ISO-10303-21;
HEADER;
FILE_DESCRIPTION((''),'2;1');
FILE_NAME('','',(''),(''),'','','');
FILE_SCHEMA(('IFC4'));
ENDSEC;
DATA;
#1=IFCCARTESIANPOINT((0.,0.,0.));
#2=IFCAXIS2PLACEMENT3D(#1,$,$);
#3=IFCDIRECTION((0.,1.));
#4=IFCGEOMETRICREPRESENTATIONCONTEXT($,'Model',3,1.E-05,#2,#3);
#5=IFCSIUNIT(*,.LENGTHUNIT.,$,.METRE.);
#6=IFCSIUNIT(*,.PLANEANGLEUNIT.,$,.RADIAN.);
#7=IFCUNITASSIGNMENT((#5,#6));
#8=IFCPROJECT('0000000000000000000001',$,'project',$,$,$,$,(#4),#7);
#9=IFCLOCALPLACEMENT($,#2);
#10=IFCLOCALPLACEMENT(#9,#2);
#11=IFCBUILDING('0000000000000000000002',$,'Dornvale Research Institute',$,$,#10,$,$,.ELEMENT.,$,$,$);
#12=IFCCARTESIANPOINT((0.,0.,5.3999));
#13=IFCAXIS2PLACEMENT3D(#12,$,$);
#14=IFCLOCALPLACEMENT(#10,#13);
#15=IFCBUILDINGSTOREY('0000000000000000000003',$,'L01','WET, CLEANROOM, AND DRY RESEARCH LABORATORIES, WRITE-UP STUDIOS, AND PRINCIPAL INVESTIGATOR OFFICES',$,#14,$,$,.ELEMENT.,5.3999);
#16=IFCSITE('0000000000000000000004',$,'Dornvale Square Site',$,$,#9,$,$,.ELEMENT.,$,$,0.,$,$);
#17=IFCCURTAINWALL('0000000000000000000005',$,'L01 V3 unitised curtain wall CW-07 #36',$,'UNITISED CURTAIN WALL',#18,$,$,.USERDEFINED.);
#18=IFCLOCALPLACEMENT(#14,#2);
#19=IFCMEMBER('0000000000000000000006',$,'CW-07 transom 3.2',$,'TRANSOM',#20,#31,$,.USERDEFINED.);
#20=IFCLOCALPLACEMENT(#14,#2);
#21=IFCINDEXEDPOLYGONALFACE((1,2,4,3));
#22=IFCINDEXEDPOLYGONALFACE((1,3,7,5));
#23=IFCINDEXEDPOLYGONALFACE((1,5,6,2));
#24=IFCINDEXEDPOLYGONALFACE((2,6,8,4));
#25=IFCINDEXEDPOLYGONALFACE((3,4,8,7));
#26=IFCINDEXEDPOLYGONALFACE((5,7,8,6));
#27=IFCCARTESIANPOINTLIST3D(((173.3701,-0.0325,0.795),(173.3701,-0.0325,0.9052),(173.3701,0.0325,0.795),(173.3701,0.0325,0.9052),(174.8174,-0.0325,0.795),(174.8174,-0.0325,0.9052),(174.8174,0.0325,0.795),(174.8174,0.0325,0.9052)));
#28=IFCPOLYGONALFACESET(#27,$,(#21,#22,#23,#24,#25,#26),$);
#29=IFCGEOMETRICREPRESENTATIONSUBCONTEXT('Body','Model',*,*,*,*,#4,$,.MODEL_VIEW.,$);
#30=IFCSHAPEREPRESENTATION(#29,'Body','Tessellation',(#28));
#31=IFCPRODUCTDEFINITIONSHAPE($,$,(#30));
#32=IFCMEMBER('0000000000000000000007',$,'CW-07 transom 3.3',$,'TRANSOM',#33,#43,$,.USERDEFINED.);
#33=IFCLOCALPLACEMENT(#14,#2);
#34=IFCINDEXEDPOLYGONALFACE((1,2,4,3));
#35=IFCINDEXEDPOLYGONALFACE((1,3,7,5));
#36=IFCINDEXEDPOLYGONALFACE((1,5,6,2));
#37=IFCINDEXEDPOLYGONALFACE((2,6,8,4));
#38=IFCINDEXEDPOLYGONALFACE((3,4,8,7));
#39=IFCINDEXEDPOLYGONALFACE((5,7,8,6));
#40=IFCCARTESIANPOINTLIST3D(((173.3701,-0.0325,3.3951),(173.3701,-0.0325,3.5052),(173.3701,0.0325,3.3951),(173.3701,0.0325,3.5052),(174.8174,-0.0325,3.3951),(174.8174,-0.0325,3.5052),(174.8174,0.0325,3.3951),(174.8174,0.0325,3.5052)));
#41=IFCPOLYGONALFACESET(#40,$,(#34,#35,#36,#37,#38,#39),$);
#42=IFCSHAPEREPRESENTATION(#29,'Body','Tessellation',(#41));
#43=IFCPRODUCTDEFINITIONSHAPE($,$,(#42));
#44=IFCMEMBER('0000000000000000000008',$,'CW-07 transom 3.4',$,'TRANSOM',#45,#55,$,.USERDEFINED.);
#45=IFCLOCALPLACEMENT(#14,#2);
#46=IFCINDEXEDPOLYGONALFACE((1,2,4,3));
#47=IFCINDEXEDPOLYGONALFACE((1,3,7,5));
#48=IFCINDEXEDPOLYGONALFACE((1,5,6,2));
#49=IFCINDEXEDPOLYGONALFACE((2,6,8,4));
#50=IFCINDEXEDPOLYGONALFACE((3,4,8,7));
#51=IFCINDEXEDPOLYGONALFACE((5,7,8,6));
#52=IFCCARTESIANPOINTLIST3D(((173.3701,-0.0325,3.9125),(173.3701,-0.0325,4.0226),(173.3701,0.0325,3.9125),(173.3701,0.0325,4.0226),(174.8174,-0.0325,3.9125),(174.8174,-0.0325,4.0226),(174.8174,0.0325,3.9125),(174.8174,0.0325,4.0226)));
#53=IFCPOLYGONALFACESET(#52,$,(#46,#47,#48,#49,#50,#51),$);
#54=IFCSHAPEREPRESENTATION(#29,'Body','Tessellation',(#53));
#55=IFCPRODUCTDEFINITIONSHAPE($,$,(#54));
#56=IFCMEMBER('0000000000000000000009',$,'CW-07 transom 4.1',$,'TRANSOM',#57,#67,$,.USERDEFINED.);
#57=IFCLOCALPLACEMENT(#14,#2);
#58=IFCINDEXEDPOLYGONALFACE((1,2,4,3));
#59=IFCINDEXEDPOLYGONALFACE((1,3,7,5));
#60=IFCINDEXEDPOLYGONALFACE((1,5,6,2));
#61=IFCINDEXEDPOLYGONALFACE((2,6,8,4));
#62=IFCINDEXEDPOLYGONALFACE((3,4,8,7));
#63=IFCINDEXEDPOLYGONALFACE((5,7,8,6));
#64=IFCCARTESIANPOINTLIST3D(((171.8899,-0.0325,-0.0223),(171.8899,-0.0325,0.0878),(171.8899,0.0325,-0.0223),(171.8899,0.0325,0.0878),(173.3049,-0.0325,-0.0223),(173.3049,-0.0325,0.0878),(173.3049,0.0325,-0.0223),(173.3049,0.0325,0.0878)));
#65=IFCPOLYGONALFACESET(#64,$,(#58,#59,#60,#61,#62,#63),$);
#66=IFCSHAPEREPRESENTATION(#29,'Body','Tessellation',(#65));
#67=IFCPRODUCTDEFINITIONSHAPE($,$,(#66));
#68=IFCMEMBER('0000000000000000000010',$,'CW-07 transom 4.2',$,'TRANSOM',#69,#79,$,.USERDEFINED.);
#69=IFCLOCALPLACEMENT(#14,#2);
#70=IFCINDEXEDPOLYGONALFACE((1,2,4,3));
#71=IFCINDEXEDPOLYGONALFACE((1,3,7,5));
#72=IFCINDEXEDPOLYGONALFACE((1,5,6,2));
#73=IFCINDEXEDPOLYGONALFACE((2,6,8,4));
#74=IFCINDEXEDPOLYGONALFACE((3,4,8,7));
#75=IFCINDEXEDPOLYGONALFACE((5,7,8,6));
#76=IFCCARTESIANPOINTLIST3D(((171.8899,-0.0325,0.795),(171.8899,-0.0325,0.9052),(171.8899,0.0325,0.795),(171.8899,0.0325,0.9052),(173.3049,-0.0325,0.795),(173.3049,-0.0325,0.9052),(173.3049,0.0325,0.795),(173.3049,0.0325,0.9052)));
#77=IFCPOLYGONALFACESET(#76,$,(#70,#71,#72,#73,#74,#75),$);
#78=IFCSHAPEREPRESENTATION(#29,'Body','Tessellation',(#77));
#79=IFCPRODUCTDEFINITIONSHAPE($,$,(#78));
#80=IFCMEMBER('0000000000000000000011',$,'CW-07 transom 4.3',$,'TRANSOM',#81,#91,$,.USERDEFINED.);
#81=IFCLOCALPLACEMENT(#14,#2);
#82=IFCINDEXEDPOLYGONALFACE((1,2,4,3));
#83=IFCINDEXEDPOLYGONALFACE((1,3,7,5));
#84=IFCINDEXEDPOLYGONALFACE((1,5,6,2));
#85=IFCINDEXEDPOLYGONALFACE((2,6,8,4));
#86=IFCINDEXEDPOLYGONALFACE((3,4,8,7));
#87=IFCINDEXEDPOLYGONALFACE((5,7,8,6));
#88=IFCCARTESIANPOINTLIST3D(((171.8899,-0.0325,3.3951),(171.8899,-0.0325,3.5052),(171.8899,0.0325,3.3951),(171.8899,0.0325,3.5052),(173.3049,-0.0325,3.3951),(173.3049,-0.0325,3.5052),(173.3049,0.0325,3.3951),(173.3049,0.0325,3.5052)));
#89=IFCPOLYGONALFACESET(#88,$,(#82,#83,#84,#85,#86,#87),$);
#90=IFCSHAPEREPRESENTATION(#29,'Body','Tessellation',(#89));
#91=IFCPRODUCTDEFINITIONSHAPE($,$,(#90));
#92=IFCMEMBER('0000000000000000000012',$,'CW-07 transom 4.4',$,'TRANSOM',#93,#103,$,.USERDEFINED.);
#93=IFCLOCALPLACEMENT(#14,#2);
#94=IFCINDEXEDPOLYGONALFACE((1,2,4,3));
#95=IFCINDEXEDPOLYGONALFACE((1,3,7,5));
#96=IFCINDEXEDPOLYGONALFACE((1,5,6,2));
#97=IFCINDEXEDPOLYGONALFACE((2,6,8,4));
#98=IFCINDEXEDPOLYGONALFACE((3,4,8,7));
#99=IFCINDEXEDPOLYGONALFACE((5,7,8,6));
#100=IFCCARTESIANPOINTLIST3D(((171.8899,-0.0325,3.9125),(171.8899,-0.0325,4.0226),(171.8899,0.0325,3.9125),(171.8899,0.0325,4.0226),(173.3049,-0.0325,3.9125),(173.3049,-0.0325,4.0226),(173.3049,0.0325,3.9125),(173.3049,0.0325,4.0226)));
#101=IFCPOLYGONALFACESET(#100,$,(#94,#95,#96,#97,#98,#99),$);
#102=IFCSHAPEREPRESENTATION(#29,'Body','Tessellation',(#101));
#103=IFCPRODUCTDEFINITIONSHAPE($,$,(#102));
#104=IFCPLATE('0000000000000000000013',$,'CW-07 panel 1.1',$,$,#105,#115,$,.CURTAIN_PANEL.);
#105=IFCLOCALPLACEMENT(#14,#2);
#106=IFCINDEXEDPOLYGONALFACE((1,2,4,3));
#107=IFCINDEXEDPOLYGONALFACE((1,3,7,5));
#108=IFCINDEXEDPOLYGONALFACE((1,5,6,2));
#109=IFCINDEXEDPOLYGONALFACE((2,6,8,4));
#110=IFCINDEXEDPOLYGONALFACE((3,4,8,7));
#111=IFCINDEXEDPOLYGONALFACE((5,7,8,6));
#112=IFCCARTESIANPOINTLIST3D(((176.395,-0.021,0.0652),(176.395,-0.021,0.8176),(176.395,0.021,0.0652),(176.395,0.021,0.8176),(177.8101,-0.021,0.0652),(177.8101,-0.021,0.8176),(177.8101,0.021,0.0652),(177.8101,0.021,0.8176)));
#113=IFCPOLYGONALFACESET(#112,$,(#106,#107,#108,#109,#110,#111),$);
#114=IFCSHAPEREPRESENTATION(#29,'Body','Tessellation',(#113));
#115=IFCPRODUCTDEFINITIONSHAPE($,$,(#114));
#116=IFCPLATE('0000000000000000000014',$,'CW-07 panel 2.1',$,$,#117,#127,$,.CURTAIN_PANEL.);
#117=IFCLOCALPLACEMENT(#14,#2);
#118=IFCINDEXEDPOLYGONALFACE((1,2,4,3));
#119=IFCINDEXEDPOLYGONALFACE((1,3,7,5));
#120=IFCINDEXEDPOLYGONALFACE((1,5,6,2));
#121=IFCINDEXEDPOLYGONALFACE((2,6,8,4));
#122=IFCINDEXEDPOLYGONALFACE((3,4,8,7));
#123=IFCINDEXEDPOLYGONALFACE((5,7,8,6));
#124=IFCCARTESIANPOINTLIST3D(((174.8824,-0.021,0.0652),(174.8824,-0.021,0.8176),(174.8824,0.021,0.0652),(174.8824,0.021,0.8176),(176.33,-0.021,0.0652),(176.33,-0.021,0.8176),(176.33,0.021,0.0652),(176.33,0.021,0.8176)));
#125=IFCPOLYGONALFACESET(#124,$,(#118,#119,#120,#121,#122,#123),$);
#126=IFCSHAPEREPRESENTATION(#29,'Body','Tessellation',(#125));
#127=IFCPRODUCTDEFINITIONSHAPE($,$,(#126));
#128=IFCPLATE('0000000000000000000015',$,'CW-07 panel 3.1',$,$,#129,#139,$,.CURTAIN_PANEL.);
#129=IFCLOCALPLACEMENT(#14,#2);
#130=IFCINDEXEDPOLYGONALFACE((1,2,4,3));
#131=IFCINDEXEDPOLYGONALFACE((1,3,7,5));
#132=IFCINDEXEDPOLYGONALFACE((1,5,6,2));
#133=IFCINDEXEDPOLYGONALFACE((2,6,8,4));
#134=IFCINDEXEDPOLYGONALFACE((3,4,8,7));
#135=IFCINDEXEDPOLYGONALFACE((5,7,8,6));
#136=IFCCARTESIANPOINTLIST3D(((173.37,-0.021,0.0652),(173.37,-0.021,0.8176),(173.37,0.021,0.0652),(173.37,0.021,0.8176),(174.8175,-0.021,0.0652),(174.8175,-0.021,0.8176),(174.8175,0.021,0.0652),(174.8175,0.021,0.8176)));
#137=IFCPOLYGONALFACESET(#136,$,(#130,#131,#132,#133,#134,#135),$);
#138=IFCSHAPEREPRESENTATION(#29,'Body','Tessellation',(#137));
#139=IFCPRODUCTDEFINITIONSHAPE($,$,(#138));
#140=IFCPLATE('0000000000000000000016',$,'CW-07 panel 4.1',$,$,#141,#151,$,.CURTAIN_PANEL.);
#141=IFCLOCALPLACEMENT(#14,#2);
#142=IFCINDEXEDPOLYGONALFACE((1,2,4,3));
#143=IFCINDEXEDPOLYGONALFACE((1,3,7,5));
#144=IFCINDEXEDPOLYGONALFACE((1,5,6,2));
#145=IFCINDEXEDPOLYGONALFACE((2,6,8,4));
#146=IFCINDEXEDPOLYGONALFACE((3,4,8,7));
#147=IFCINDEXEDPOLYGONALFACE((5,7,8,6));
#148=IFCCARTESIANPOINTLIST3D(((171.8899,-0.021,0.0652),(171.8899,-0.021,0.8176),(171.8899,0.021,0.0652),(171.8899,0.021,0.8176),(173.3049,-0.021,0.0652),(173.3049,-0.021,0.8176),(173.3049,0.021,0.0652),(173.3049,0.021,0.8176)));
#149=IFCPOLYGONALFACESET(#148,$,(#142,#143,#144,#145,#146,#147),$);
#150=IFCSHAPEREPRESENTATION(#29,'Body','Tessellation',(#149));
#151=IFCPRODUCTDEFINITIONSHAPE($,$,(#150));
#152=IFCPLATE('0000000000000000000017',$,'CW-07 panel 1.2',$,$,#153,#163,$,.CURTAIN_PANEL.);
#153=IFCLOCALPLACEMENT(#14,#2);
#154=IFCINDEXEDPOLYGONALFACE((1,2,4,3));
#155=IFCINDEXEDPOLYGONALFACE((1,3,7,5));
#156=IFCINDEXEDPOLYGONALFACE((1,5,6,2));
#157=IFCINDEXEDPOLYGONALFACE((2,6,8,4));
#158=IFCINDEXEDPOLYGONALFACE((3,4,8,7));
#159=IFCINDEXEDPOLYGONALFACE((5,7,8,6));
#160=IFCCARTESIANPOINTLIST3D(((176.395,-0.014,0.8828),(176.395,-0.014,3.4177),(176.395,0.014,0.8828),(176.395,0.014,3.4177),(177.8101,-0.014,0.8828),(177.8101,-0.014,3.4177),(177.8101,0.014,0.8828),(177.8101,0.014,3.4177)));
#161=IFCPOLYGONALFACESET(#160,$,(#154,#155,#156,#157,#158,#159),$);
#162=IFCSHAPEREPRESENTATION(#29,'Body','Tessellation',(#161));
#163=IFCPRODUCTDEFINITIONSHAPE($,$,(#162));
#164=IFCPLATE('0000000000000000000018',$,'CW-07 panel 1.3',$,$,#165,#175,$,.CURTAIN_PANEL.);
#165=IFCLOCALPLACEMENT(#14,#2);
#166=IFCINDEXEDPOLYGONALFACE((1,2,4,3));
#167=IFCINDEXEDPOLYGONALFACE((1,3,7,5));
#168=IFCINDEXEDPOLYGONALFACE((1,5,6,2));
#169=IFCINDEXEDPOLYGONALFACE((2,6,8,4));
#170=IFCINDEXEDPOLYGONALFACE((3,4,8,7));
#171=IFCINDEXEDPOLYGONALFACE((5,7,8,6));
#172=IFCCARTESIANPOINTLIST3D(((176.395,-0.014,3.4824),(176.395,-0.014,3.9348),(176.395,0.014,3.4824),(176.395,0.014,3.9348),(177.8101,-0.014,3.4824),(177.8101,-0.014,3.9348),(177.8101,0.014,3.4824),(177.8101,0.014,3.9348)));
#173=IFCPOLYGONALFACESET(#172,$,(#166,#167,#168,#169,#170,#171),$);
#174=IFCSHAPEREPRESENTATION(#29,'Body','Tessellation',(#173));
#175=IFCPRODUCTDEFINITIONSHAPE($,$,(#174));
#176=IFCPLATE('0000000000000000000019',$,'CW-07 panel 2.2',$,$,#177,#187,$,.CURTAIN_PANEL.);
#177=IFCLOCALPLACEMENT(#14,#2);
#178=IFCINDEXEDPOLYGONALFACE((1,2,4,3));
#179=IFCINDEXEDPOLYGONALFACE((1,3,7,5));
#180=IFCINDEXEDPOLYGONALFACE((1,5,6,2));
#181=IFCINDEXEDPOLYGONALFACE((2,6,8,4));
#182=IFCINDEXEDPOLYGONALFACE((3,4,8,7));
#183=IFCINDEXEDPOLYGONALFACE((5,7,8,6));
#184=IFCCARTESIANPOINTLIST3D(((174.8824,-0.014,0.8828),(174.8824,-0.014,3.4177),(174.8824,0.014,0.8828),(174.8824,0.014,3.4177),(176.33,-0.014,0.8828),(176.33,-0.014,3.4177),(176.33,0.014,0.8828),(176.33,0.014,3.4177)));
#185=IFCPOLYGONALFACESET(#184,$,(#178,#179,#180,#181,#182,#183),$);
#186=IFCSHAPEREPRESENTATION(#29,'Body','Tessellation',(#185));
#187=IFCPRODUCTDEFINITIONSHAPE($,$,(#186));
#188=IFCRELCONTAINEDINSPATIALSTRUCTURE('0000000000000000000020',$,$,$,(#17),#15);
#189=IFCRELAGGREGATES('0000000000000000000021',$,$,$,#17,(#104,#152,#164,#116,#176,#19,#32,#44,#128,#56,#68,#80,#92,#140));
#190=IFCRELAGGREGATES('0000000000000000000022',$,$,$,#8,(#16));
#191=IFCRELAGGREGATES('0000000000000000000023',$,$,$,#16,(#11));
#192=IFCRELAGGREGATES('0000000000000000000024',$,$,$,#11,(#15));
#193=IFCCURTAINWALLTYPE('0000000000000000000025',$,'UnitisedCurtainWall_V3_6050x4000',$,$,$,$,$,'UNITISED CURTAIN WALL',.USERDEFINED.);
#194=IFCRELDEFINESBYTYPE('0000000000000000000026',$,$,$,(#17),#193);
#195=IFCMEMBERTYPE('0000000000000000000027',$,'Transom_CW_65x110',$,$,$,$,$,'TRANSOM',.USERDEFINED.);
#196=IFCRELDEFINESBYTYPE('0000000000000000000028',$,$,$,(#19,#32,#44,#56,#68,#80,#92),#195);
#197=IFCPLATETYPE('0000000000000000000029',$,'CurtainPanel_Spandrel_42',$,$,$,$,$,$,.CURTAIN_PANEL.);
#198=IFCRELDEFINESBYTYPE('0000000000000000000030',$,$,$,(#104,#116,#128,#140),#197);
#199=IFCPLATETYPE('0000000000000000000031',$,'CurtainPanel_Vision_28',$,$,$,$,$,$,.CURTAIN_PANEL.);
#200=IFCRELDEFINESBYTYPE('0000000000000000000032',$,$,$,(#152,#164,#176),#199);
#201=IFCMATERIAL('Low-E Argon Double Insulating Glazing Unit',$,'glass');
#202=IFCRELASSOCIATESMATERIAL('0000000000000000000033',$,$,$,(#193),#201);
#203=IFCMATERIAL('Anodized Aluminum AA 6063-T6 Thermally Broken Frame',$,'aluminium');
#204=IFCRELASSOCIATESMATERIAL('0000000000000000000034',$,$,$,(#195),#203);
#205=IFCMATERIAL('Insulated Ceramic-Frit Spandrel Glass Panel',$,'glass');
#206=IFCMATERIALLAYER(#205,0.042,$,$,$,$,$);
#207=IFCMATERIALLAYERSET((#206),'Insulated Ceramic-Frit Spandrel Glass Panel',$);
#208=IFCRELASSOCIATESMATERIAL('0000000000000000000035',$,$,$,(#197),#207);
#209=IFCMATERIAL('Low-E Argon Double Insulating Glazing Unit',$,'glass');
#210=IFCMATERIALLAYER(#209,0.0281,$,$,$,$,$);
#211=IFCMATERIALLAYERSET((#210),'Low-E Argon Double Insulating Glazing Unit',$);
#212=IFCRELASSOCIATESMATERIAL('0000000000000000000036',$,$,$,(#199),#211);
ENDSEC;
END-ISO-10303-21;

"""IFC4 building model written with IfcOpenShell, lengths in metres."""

from ifc_helpers import new_model, si_unit, direction, frame, origin, origin_2d, place, context, subcontext, project, spatial, rectangle, extrude, material, layer, layer_set, material_profile, profile_set, type_object, element, aggregate, save


model = new_model("IFC4")

# Units and contexts
model_context = context("Model", 3, precision=1e-05, world=origin(), true_north=direction((0.0, 1.0)))
body_context = subcontext(model_context, "Body", "Model", "MODEL_VIEW")
ifc_project = project(units=[si_unit("LENGTHUNIT", "METRE"), si_unit("PLANEANGLEUNIT", "RADIAN")], contexts=[model_context])

# Site, building, storey
site_placement = place(None, origin())
site = spatial("IfcSite", under=ifc_project, at=site_placement, Name="Dornvale Square Site", CompositionType="ELEMENT", RefElevation=0.0)
building_placement = place(site_placement, origin())
building = spatial("IfcBuilding", under=site, at=building_placement, Name="Dornvale Research Institute", CompositionType="ELEMENT")
storey_placement = place(building_placement, frame((0.0, 0.0, 5.3999)))
storey = spatial("IfcBuildingStorey", under=building, at=storey_placement, Name="L01", Description="WET, CLEANROOM, AND DRY RESEARCH LABORATORIES, WRITE-UP STUDIOS, AND PRINCIPAL INVESTIGATOR OFFICES", CompositionType="ELEMENT", Elevation=5.3999)

# Curtain wall
ifc_material_1 = material(Name="Low-E Argon Double Insulating Glazing Unit", Category="glass")
curtain_wall_type = type_object("IfcCurtainWallType", Name="UnitisedCurtainWall_V3_6050x4000", ElementType="UNITISED CURTAIN WALL", PredefinedType="USERDEFINED", material=ifc_material_1)
curtain_wall_placement = place(storey_placement, origin())
curtain_wall = element("IfcCurtainWall", 1, at=curtain_wall_placement, inside=storey, type_object=curtain_wall_type, Name="L01 V3 unitised curtain wall CW-07 #36", ObjectType="UNITISED CURTAIN WALL", PredefinedType="USERDEFINED")

# Members
ifc_material_2 = material(Name="Anodized Aluminum AA 6063-T6 Thermally Broken Frame", Category="aluminium")
ifc_material_profile_1 = material_profile(ifc_material_2, rectangle(XDim=0.0649, YDim=0.1101, at=origin_2d()), Name="ALU TRANSOM 65x110")
ifc_profile_set_1 = profile_set([ifc_material_profile_1], Name="Anodized Aluminum AA 6063-T6 Thermally Broken Frame")
member_type_1 = type_object("IfcMemberType", Name="Transom_CW_65x110", ElementType="TRANSOM", PredefinedType="USERDEFINED", material=ifc_profile_set_1)
member_1_placement = place(storey_placement, frame((174.8174, 0.0, 0.8501), z_axis=(-1.0, 0.0, 0.0), x_axis=(0.0, -1.0, 0.0)))
member_1 = element("IfcMember", 2, at=member_1_placement, type_object=member_type_1, Name="CW-07 transom 3.2", ObjectType="TRANSOM", PredefinedType="USERDEFINED", context=body_context, shape_type="SweptSolid", body=[
    extrude(rectangle(XDim=0.0649, YDim=0.1101, at=origin_2d()), origin(), (0.0, 0.0, 1.0), 1.4473),
])
member_2_placement = place(storey_placement, frame((174.8174, 0.0, 3.4502), z_axis=(-1.0, 0.0, 0.0), x_axis=(0.0, -1.0, 0.0)))
member_2 = element("IfcMember", 3, at=member_2_placement, type_object=member_type_1, Name="CW-07 transom 3.3", ObjectType="TRANSOM", PredefinedType="USERDEFINED", context=body_context, shape_type="SweptSolid", body=[
    extrude(rectangle(XDim=0.0649, YDim=0.1101, at=origin_2d()), origin(), (0.0, 0.0, 1.0), 1.4473),
])
member_3_placement = place(storey_placement, frame((174.8174, 0.0, 3.9675), z_axis=(-1.0, 0.0, 0.0), x_axis=(0.0, -1.0, 0.0)))
member_3 = element("IfcMember", 4, at=member_3_placement, type_object=member_type_1, Name="CW-07 transom 3.4", ObjectType="TRANSOM", PredefinedType="USERDEFINED", context=body_context, shape_type="SweptSolid", body=[
    extrude(rectangle(XDim=0.0649, YDim=0.1101, at=origin_2d()), origin(), (0.0, 0.0, 1.0), 1.4473),
])
member_4_placement = place(storey_placement, frame((173.3049, 0.0, 0.0327), z_axis=(-1.0, 0.0, 0.0), x_axis=(0.0, -1.0, 0.0)))
member_4 = element("IfcMember", 5, at=member_4_placement, type_object=member_type_1, Name="CW-07 transom 4.1", ObjectType="TRANSOM", PredefinedType="USERDEFINED", context=body_context, shape_type="SweptSolid", body=[
    extrude(rectangle(XDim=0.0649, YDim=0.1101, at=origin_2d()), origin(), (0.0, 0.0, 1.0), 1.415),
])
member_5_placement = place(storey_placement, frame((173.3049, 0.0, 0.8501), z_axis=(-1.0, 0.0, 0.0), x_axis=(0.0, -1.0, 0.0)))
member_5 = element("IfcMember", 6, at=member_5_placement, type_object=member_type_1, Name="CW-07 transom 4.2", ObjectType="TRANSOM", PredefinedType="USERDEFINED", context=body_context, shape_type="SweptSolid", body=[
    extrude(rectangle(XDim=0.0649, YDim=0.1101, at=origin_2d()), origin(), (0.0, 0.0, 1.0), 1.415),
])
member_6_placement = place(storey_placement, frame((173.3049, 0.0, 3.4502), z_axis=(-1.0, 0.0, 0.0), x_axis=(0.0, -1.0, 0.0)))
member_6 = element("IfcMember", 7, at=member_6_placement, type_object=member_type_1, Name="CW-07 transom 4.3", ObjectType="TRANSOM", PredefinedType="USERDEFINED", context=body_context, shape_type="SweptSolid", body=[
    extrude(rectangle(XDim=0.0649, YDim=0.1101, at=origin_2d()), origin(), (0.0, 0.0, 1.0), 1.415),
])
member_7_placement = place(storey_placement, frame((173.3049, 0.0, 3.9675), z_axis=(-1.0, 0.0, 0.0), x_axis=(0.0, -1.0, 0.0)))
member_7 = element("IfcMember", 8, at=member_7_placement, type_object=member_type_1, Name="CW-07 transom 4.4", ObjectType="TRANSOM", PredefinedType="USERDEFINED", context=body_context, shape_type="SweptSolid", body=[
    extrude(rectangle(XDim=0.0649, YDim=0.1101, at=origin_2d()), origin(), (0.0, 0.0, 1.0), 1.415),
])

# Plates
ifc_material_3 = material(Name="Insulated Ceramic-Frit Spandrel Glass Panel", Category="glass")
ifc_layer_1 = layer(ifc_material_3, 0.042)
ifc_layer_set_1 = layer_set([ifc_layer_1], Name="Insulated Ceramic-Frit Spandrel Glass Panel")
plate_type_1 = type_object("IfcPlateType", Name="CurtainPanel_Spandrel_42", PredefinedType="CURTAIN_PANEL", material=ifc_layer_set_1)
plate_1_placement = place(storey_placement, frame((177.1025, 0.0, 0.0652), z_axis=(0.0, 0.0, 1.0), x_axis=(-1.0, 0.0, 0.0)))
plate_1 = element("IfcPlate", 9, at=plate_1_placement, type_object=plate_type_1, Name="CW-07 panel 1.1", PredefinedType="CURTAIN_PANEL", context=body_context, shape_type="SweptSolid", body=[
    extrude(rectangle(XDim=1.415, YDim=0.042, at=origin_2d()), origin(), (0.0, 0.0, 1.0), 0.7524),
])
plate_2_placement = place(storey_placement, frame((175.6062, 0.0, 0.0652), z_axis=(0.0, 0.0, 1.0), x_axis=(-1.0, 0.0, 0.0)))
plate_2 = element("IfcPlate", 10, at=plate_2_placement, type_object=plate_type_1, Name="CW-07 panel 2.1", PredefinedType="CURTAIN_PANEL", context=body_context, shape_type="SweptSolid", body=[
    extrude(rectangle(XDim=1.4475, YDim=0.042, at=origin_2d()), origin(), (0.0, 0.0, 1.0), 0.7524),
])
plate_3_placement = place(storey_placement, frame((174.0938, 0.0, 0.0652), z_axis=(0.0, 0.0, 1.0), x_axis=(-1.0, 0.0, 0.0)))
plate_3 = element("IfcPlate", 11, at=plate_3_placement, type_object=plate_type_1, Name="CW-07 panel 3.1", PredefinedType="CURTAIN_PANEL", context=body_context, shape_type="SweptSolid", body=[
    extrude(rectangle(XDim=1.4475, YDim=0.042, at=origin_2d()), origin(), (0.0, 0.0, 1.0), 0.7524),
])
plate_4_placement = place(storey_placement, frame((172.5974, 0.0, 0.0652), z_axis=(0.0, 0.0, 1.0), x_axis=(-1.0, 0.0, 0.0)))
plate_4 = element("IfcPlate", 12, at=plate_4_placement, type_object=plate_type_1, Name="CW-07 panel 4.1", PredefinedType="CURTAIN_PANEL", context=body_context, shape_type="SweptSolid", body=[
    extrude(rectangle(XDim=1.415, YDim=0.042, at=origin_2d()), origin(), (0.0, 0.0, 1.0), 0.7524),
])
ifc_material_4 = material(Name="Low-E Argon Double Insulating Glazing Unit", Category="glass")
ifc_layer_2 = layer(ifc_material_4, 0.0281)
ifc_layer_set_2 = layer_set([ifc_layer_2], Name="Low-E Argon Double Insulating Glazing Unit")
plate_type_2 = type_object("IfcPlateType", Name="CurtainPanel_Vision_28", PredefinedType="CURTAIN_PANEL", material=ifc_layer_set_2)
plate_5_placement = place(storey_placement, frame((177.1025, 0.0, 0.8828), z_axis=(0.0, 0.0, 1.0), x_axis=(-1.0, 0.0, 0.0)))
plate_5 = element("IfcPlate", 13, at=plate_5_placement, type_object=plate_type_2, Name="CW-07 panel 1.2", PredefinedType="CURTAIN_PANEL", context=body_context, shape_type="SweptSolid", body=[
    extrude(rectangle(XDim=1.415, YDim=0.0281, at=origin_2d()), origin(), (0.0, 0.0, 1.0), 2.5349),
])
plate_6_placement = place(storey_placement, frame((177.1025, 0.0, 3.4824), z_axis=(0.0, 0.0, 1.0), x_axis=(-1.0, 0.0, 0.0)))
plate_6 = element("IfcPlate", 14, at=plate_6_placement, type_object=plate_type_2, Name="CW-07 panel 1.3", PredefinedType="CURTAIN_PANEL", context=body_context, shape_type="SweptSolid", body=[
    extrude(rectangle(XDim=1.415, YDim=0.0281, at=origin_2d()), origin(), (0.0, 0.0, 1.0), 0.4524),
])
plate_7_placement = place(storey_placement, frame((175.6062, 0.0, 0.8828), z_axis=(0.0, 0.0, 1.0), x_axis=(-1.0, 0.0, 0.0)))
plate_7 = element("IfcPlate", 15, at=plate_7_placement, type_object=plate_type_2, Name="CW-07 panel 2.2", PredefinedType="CURTAIN_PANEL", context=body_context, shape_type="SweptSolid", body=[
    extrude(rectangle(XDim=1.4475, YDim=0.0281, at=origin_2d()), origin(), (0.0, 0.0, 1.0), 2.5349),
])
aggregate(curtain_wall, [plate_1, plate_5, plate_6, plate_2, plate_7, member_1, member_2, member_3, plate_3, member_4, member_5, member_6, member_7, plate_4])

save(model, "model.ifc")
